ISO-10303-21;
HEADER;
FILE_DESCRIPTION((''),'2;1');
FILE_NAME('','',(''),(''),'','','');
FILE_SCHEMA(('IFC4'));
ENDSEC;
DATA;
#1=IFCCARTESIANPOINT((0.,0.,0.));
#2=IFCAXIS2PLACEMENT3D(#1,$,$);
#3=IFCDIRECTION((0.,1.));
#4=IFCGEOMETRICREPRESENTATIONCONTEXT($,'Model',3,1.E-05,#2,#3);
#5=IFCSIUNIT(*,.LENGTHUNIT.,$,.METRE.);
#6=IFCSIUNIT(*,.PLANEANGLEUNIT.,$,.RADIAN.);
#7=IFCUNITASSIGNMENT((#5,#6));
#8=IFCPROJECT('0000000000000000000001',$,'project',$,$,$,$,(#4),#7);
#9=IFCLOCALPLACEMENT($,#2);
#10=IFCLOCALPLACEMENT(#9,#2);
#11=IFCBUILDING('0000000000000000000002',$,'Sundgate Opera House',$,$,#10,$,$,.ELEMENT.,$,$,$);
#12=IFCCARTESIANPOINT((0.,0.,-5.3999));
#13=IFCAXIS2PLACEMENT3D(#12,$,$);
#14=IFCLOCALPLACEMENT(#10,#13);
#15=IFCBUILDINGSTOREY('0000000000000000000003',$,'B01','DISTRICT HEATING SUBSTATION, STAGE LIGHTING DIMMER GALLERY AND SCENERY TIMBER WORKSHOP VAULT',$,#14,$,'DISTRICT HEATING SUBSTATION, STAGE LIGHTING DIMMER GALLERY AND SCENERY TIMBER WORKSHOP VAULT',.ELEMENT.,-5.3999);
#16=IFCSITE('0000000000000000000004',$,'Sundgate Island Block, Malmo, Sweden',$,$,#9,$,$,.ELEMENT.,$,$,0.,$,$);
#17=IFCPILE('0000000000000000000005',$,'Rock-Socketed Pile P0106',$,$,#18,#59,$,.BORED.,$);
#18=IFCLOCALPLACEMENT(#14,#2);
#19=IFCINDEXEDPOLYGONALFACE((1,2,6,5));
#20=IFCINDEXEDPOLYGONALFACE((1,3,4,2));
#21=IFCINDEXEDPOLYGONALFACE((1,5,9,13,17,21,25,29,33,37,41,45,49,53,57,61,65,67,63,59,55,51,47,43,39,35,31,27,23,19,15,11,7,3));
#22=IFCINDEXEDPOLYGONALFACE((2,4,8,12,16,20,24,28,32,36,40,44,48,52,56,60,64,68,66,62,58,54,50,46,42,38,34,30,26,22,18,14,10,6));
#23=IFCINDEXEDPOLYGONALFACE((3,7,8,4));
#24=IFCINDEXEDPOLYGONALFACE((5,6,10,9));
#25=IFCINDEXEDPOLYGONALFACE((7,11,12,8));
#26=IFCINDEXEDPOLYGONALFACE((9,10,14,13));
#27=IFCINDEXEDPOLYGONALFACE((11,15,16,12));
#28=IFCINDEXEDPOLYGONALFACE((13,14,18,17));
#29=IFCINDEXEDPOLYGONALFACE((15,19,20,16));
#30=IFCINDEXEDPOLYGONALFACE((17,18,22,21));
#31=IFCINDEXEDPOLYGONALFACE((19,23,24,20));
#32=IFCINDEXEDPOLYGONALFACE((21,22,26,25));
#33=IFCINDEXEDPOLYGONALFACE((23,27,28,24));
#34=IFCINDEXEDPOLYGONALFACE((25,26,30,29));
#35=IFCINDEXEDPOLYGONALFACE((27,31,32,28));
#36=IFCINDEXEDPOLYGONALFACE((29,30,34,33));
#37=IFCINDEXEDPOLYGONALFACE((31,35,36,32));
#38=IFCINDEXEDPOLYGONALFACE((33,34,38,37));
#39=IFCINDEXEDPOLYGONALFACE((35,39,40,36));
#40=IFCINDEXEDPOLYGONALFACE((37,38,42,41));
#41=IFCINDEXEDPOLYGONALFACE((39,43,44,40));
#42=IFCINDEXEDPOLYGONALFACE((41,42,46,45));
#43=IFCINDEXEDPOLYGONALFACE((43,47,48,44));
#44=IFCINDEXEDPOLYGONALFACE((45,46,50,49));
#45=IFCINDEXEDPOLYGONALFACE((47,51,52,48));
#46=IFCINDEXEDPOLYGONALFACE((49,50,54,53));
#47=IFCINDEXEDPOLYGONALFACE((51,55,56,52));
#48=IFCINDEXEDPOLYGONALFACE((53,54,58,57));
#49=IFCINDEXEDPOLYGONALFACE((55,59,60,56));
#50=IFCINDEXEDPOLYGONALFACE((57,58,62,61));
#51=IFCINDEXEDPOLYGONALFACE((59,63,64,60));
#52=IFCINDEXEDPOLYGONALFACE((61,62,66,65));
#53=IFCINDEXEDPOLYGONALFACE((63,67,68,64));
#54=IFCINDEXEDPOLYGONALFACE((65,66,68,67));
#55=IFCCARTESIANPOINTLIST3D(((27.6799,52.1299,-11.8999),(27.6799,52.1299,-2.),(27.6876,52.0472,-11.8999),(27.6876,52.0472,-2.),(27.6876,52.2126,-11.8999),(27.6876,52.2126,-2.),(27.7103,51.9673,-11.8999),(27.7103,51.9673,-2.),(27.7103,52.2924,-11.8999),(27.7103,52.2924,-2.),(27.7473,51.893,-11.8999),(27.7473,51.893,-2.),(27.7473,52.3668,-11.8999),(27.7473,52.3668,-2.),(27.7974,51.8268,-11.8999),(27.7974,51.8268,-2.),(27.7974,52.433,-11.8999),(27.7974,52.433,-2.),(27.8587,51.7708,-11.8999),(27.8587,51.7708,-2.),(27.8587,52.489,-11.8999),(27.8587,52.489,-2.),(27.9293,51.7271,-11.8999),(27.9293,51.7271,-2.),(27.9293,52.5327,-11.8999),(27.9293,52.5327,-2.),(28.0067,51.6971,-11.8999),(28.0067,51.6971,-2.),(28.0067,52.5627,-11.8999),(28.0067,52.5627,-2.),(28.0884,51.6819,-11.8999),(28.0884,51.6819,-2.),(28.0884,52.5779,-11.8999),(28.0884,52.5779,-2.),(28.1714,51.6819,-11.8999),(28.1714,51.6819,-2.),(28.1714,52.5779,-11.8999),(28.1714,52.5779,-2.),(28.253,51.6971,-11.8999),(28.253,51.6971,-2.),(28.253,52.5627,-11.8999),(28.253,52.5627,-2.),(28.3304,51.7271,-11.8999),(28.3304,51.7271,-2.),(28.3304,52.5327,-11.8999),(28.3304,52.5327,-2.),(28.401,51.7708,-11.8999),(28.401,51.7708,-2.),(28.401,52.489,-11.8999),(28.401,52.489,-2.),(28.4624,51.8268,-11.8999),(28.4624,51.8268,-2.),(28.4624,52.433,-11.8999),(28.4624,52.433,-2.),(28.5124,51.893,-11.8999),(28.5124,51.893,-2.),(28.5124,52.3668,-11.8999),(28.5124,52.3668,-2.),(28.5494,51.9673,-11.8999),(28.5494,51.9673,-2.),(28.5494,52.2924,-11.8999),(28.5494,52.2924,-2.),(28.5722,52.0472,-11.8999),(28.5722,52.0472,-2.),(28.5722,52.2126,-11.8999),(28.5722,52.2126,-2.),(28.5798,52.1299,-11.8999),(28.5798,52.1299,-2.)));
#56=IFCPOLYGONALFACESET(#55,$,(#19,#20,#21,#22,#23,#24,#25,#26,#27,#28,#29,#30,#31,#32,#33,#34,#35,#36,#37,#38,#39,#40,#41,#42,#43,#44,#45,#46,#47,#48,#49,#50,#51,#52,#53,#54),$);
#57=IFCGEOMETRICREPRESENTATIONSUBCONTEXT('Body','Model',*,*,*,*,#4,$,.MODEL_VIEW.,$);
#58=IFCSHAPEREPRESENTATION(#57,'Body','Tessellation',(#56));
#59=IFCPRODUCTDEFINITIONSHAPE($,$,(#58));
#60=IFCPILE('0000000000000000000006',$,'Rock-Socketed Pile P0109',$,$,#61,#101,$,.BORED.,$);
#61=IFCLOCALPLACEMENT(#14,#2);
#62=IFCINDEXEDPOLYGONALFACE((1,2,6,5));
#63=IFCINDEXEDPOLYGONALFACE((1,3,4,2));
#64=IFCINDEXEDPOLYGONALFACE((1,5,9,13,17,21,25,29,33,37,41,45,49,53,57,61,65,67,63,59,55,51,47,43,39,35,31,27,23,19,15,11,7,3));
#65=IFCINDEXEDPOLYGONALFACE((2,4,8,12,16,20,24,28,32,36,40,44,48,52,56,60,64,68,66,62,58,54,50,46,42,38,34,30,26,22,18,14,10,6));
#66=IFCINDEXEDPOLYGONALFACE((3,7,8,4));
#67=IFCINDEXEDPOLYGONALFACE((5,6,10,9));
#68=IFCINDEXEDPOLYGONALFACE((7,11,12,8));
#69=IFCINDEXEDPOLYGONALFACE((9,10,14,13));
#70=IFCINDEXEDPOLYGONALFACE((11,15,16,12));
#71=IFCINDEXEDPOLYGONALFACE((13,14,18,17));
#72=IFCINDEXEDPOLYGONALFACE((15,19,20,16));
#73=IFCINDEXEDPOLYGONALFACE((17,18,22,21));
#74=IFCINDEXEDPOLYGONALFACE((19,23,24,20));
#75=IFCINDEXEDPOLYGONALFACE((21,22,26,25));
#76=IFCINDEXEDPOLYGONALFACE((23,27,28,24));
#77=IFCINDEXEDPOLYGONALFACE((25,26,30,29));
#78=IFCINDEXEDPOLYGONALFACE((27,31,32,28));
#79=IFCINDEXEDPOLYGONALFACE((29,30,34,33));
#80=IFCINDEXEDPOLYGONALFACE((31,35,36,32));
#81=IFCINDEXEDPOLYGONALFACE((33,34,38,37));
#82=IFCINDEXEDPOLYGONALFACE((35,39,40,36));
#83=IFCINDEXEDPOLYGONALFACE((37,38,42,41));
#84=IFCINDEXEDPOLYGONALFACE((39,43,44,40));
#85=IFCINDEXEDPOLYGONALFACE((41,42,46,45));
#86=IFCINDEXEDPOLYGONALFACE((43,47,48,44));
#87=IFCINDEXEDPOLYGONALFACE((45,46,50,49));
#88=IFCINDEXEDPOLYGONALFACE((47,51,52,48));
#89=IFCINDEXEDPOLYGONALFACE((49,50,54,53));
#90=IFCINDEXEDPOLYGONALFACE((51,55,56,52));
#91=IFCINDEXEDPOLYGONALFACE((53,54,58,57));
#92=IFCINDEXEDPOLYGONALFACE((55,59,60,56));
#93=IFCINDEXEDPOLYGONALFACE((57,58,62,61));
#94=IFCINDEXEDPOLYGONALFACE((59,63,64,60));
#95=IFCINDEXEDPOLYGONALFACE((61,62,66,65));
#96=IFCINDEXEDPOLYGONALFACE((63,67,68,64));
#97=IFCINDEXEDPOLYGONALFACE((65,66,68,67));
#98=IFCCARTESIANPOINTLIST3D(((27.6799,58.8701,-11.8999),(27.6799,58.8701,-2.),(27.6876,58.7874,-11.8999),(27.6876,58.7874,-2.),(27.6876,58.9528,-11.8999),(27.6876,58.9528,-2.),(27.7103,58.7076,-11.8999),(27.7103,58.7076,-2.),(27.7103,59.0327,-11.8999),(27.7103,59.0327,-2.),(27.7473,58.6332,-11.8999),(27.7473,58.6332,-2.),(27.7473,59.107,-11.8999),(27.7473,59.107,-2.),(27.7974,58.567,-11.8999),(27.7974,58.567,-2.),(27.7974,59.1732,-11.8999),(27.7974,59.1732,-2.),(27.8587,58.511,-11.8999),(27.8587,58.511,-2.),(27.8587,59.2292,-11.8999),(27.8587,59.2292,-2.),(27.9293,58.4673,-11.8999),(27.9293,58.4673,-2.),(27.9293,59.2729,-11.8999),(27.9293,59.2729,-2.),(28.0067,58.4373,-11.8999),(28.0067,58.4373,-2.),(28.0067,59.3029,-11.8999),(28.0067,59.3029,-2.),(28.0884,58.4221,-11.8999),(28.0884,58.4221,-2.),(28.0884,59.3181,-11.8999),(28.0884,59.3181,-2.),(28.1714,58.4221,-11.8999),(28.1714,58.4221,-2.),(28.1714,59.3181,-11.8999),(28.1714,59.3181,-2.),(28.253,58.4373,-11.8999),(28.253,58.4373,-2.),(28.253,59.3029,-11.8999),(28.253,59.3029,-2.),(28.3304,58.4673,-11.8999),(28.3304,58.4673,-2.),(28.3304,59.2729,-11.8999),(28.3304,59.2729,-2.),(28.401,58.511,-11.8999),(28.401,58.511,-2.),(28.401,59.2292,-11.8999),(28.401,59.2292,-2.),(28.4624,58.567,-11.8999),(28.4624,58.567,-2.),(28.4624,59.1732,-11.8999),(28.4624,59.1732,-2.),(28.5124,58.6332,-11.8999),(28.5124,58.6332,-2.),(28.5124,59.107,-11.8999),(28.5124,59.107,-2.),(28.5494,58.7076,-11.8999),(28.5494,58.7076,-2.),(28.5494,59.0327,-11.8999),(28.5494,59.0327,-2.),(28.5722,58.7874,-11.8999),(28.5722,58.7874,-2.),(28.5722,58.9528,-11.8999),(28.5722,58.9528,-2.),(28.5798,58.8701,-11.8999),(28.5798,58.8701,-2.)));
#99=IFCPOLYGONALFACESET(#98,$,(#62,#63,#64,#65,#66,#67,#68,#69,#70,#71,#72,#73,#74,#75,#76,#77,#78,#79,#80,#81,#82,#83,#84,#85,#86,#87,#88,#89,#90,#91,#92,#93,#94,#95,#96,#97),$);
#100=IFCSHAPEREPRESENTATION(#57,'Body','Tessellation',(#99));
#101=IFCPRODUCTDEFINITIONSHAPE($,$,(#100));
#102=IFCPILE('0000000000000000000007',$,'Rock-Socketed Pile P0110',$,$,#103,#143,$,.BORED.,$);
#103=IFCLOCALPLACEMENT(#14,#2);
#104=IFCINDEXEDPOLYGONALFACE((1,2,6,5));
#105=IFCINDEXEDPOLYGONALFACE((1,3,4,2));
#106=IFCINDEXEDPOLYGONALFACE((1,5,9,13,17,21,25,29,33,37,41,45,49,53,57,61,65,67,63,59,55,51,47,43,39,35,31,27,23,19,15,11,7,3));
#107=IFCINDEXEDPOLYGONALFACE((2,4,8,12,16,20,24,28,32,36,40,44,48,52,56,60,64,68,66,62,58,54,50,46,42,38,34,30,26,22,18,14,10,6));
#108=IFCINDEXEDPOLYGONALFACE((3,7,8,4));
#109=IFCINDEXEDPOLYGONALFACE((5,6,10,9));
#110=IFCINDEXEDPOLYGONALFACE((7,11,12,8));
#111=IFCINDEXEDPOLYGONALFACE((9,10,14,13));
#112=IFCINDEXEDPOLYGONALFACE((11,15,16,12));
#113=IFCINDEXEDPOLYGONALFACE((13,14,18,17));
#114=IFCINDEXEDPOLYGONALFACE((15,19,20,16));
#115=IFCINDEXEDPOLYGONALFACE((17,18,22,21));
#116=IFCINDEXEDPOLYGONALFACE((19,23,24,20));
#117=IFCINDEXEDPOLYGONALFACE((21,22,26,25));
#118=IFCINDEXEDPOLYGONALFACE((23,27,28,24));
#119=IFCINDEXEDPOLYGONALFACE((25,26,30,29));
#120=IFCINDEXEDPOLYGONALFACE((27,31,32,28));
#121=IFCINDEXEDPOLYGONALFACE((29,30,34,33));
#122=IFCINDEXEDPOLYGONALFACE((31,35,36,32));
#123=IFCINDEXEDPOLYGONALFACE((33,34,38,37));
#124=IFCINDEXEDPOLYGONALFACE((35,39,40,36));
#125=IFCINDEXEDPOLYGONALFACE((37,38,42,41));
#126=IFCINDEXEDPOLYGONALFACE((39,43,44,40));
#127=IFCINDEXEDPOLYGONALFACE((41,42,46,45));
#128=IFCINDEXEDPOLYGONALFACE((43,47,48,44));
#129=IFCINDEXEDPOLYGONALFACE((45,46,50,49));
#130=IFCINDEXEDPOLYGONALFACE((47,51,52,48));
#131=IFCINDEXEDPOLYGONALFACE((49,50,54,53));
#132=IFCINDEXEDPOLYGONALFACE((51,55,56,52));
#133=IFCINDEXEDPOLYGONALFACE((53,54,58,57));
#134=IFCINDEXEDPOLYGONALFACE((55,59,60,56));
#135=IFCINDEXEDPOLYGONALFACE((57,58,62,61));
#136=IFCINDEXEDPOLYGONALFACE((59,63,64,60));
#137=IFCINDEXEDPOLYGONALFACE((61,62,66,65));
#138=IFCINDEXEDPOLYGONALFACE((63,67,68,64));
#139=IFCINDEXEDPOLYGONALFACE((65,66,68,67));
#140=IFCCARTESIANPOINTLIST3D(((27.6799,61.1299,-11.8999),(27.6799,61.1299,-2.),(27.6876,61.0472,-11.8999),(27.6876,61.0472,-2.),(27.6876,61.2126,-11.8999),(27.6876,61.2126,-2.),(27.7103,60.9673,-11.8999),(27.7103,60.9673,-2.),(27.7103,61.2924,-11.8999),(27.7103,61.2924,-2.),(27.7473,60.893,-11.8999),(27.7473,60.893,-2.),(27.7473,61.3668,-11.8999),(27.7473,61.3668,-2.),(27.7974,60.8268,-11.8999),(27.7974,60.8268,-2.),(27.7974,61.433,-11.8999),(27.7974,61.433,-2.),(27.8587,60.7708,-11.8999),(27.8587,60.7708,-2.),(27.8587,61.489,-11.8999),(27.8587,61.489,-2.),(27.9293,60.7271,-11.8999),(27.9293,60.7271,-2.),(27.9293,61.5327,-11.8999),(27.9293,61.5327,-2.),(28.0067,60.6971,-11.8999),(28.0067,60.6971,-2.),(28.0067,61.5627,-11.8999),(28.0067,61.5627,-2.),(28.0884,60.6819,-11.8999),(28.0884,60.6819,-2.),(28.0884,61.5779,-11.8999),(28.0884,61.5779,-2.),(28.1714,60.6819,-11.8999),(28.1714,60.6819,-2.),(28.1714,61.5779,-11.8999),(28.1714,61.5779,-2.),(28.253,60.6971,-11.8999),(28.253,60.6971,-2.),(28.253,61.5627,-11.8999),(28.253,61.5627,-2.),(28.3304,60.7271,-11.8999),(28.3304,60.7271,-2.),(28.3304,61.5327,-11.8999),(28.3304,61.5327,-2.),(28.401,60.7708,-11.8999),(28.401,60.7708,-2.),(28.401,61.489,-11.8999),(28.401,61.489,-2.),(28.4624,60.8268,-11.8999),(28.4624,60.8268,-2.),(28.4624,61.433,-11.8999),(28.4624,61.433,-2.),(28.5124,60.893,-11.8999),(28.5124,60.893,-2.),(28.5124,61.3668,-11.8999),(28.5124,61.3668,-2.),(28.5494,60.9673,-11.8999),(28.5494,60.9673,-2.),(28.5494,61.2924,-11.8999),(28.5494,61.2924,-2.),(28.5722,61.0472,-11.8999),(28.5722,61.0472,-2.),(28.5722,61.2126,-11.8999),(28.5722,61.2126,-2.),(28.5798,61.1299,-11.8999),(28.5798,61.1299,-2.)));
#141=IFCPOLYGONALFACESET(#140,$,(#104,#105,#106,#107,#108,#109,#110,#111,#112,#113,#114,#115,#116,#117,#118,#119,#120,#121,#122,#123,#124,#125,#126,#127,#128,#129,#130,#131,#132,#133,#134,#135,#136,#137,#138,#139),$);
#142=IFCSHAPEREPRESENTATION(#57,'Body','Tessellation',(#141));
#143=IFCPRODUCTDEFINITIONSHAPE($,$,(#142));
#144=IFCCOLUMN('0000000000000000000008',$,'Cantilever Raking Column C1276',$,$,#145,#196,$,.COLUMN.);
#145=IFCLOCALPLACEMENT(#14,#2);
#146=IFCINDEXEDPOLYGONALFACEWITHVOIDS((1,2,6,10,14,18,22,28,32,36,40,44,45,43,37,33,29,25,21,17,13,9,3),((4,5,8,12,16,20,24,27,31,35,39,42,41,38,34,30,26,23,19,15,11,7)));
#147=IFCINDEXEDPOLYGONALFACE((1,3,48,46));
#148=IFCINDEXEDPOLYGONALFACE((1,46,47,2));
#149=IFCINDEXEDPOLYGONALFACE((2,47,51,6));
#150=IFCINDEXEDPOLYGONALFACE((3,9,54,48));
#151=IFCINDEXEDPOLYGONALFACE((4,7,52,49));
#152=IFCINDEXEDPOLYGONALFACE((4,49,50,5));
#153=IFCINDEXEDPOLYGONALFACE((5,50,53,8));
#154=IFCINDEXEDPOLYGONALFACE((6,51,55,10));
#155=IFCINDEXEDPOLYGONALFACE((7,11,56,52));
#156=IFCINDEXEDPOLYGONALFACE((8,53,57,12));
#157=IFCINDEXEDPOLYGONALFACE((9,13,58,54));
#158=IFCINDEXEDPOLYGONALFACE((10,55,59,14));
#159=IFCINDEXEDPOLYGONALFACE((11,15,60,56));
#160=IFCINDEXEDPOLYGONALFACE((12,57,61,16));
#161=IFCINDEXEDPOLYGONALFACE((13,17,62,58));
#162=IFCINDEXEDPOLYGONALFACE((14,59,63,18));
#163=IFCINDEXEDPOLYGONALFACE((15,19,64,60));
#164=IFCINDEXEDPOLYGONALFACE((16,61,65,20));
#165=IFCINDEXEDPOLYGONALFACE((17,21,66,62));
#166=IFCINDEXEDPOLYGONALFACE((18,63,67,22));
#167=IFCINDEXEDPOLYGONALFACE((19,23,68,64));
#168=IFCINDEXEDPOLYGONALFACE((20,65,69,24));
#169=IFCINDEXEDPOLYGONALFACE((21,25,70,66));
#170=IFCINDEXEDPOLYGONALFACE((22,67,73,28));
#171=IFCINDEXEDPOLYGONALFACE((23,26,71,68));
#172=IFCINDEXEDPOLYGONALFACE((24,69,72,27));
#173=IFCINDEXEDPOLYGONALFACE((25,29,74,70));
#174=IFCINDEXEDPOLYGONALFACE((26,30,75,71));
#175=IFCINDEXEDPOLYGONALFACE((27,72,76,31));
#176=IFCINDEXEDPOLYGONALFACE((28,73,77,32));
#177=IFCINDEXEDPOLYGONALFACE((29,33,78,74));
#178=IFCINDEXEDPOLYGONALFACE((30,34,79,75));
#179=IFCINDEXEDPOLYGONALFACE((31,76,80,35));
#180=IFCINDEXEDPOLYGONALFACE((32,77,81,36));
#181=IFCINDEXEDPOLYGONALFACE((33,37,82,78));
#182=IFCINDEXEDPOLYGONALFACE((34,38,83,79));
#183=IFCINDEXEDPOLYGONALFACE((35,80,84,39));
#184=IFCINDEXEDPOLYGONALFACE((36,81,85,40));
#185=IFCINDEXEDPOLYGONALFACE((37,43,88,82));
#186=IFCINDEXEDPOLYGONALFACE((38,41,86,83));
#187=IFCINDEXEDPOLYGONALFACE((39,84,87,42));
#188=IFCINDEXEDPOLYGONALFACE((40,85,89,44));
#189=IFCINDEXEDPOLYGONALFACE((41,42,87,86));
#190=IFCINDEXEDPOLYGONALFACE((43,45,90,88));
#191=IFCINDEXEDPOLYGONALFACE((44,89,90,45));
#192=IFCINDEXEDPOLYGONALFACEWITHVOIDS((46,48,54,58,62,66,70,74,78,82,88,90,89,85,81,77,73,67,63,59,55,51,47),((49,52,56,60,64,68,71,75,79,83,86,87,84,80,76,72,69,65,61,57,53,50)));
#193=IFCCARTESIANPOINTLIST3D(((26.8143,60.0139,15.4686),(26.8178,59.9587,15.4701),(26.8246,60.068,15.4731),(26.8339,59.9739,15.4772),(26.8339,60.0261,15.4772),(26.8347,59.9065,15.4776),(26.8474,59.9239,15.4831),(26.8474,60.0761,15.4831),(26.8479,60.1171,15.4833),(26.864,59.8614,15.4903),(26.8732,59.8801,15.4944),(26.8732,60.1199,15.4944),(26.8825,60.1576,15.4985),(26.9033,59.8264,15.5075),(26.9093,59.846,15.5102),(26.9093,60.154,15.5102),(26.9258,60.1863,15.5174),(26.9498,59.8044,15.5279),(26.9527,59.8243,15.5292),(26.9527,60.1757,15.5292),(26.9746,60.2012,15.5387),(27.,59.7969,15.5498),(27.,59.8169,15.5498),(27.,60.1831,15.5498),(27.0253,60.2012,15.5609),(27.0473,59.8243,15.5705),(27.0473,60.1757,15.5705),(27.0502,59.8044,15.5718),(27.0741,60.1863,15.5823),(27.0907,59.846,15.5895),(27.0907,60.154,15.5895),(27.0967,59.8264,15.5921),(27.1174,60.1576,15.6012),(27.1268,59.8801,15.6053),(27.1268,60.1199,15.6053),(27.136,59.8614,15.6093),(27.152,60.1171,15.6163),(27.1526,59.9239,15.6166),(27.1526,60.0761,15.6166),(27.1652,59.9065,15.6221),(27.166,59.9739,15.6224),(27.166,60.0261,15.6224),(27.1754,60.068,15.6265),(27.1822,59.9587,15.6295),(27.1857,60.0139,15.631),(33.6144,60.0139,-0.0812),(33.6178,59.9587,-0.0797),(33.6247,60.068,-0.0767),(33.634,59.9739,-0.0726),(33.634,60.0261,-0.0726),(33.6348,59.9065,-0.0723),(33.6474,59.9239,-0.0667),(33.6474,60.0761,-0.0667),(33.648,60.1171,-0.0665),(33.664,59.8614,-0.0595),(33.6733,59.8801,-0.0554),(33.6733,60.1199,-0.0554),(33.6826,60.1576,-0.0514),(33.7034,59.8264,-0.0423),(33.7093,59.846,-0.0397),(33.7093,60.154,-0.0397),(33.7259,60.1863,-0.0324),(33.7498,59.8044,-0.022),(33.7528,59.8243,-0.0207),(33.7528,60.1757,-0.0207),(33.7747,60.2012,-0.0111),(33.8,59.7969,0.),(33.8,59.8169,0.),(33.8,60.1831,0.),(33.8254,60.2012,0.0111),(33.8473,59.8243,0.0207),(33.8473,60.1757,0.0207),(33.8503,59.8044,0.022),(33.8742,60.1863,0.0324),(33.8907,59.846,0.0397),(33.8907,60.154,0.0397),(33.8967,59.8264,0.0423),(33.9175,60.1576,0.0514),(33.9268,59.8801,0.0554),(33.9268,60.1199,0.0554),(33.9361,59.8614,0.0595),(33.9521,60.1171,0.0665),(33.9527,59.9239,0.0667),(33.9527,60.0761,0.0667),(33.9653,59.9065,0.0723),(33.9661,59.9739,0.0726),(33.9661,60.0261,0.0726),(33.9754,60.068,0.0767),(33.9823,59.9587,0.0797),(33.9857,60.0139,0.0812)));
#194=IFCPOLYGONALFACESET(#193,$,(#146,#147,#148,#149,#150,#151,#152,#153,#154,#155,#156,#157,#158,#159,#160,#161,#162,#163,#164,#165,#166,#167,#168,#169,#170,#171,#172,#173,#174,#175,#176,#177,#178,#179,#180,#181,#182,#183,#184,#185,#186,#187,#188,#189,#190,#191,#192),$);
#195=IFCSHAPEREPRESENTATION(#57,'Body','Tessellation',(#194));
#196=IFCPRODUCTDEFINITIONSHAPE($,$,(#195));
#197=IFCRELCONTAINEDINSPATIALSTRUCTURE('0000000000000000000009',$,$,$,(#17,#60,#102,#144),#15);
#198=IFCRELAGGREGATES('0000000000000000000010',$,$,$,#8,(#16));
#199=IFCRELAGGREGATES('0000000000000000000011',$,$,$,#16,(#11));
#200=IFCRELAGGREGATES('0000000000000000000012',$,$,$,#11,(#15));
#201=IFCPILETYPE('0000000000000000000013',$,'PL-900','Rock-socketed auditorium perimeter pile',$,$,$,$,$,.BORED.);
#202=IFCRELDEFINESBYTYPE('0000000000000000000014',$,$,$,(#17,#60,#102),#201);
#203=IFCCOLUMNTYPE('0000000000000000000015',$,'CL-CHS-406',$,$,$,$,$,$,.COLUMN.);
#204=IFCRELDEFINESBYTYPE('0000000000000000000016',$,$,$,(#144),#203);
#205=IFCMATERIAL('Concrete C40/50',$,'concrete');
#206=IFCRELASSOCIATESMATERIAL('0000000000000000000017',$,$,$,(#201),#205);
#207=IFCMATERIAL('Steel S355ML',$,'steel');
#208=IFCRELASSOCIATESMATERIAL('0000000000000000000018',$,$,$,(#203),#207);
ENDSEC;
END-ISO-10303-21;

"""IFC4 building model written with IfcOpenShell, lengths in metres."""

from ifc_helpers import new_model, si_unit, direction, frame, origin, origin_2d, place, context, subcontext, project, spatial, circle, hollow_circle, extrude, material, material_profile, profile_set, type_object, element, save


model = new_model("IFC4")

# Units and contexts
model_context = context("Model", 3, precision=1e-05, world=origin(), true_north=direction((0.0, 1.0)))
body_context = subcontext(model_context, "Body", "Model", "MODEL_VIEW")
ifc_project = project(units=[si_unit("LENGTHUNIT", "METRE"), si_unit("PLANEANGLEUNIT", "RADIAN")], contexts=[model_context])

# Site, building, storey
site_placement = place(None, origin())
site = spatial("IfcSite", under=ifc_project, at=site_placement, Name="Sundgate Island Block, Malmo, Sweden", CompositionType="ELEMENT", RefElevation=0.0)
building_placement = place(site_placement, origin())
building = spatial("IfcBuilding", under=site, at=building_placement, Name="Sundgate Opera House", CompositionType="ELEMENT")
storey_placement = place(building_placement, frame((0.0, 0.0, -5.3999)))
storey = spatial("IfcBuildingStorey", under=building, at=storey_placement, Name="B01", Description="DISTRICT HEATING SUBSTATION, STAGE LIGHTING DIMMER GALLERY AND SCENERY TIMBER WORKSHOP VAULT", LongName="DISTRICT HEATING SUBSTATION, STAGE LIGHTING DIMMER GALLERY AND SCENERY TIMBER WORKSHOP VAULT", CompositionType="ELEMENT", Elevation=-5.3999)

# Piles
ifc_material_1 = material(Name="Concrete C40/50", Category="concrete")
ifc_material_profile_1 = material_profile(ifc_material_1, circle(Radius=0.45, at=origin_2d()), Name="PILE D900")
ifc_profile_set_1 = profile_set([ifc_material_profile_1], Name="Concrete C40/50")
pile_type_1 = type_object("IfcPileType", Name="PL-900", Description="Rock-socketed auditorium perimeter pile", PredefinedType="BORED", material=ifc_profile_set_1)
for number, where, z_axis, x_axis, name in (
    (1, (28.1299, 52.1299, -2.0), (0.0, 0.0, -1.0), (1.0, 0.0, 0.0), "Rock-Socketed Pile P0106"),
    (2, (28.1299, 58.8701, -2.0), (0.0, 0.0, -1.0), (1.0, 0.0, 0.0), "Rock-Socketed Pile P0109"),
    (3, (28.1299, 61.1299, -2.0), (0.0, 0.0, -1.0), (1.0, 0.0, 0.0), "Rock-Socketed Pile P0110"),
):
    element("IfcPile", number, at=place(storey_placement, frame(where, z_axis=z_axis, x_axis=x_axis)), inside=storey, type_object=pile_type_1, Name=name, PredefinedType="BORED", context=body_context, shape_type="SweptSolid", body=[
        extrude(circle(Radius=0.45, at=origin_2d()), origin(), (0.0, 0.0, 1.0), 9.8999),
    ])

# Column
ifc_material_2 = material(Name="Steel S355ML", Category="steel")
ifc_material_profile_2 = material_profile(ifc_material_2, hollow_circle(Radius=0.2031, WallThickness=0.02, at=origin_2d()), Name="CHS 406.4x20.0")
ifc_profile_set_2 = profile_set([ifc_material_profile_2], Name="Steel S355ML")
column_type_1 = type_object("IfcColumnType", Name="CL-CHS-406", PredefinedType="COLUMN", material=ifc_profile_set_2)
column_1_placement = place(storey_placement, frame((33.8, 60.0, 0.0), z_axis=(-0.400671, 0.0, 0.916222), x_axis=(0.0, -1.0, 0.0)))
element("IfcColumn", 4, at=column_1_placement, inside=storey, type_object=column_type_1, Name="Cantilever Raking Column C1276", PredefinedType="COLUMN", context=body_context, shape_type="SweptSolid", body=[
    extrude(hollow_circle(Radius=0.2031, WallThickness=0.02, at=origin_2d()), origin(), (0.0, 0.0, 1.0), 16.9717),
])

save(model, "model.ifc")
